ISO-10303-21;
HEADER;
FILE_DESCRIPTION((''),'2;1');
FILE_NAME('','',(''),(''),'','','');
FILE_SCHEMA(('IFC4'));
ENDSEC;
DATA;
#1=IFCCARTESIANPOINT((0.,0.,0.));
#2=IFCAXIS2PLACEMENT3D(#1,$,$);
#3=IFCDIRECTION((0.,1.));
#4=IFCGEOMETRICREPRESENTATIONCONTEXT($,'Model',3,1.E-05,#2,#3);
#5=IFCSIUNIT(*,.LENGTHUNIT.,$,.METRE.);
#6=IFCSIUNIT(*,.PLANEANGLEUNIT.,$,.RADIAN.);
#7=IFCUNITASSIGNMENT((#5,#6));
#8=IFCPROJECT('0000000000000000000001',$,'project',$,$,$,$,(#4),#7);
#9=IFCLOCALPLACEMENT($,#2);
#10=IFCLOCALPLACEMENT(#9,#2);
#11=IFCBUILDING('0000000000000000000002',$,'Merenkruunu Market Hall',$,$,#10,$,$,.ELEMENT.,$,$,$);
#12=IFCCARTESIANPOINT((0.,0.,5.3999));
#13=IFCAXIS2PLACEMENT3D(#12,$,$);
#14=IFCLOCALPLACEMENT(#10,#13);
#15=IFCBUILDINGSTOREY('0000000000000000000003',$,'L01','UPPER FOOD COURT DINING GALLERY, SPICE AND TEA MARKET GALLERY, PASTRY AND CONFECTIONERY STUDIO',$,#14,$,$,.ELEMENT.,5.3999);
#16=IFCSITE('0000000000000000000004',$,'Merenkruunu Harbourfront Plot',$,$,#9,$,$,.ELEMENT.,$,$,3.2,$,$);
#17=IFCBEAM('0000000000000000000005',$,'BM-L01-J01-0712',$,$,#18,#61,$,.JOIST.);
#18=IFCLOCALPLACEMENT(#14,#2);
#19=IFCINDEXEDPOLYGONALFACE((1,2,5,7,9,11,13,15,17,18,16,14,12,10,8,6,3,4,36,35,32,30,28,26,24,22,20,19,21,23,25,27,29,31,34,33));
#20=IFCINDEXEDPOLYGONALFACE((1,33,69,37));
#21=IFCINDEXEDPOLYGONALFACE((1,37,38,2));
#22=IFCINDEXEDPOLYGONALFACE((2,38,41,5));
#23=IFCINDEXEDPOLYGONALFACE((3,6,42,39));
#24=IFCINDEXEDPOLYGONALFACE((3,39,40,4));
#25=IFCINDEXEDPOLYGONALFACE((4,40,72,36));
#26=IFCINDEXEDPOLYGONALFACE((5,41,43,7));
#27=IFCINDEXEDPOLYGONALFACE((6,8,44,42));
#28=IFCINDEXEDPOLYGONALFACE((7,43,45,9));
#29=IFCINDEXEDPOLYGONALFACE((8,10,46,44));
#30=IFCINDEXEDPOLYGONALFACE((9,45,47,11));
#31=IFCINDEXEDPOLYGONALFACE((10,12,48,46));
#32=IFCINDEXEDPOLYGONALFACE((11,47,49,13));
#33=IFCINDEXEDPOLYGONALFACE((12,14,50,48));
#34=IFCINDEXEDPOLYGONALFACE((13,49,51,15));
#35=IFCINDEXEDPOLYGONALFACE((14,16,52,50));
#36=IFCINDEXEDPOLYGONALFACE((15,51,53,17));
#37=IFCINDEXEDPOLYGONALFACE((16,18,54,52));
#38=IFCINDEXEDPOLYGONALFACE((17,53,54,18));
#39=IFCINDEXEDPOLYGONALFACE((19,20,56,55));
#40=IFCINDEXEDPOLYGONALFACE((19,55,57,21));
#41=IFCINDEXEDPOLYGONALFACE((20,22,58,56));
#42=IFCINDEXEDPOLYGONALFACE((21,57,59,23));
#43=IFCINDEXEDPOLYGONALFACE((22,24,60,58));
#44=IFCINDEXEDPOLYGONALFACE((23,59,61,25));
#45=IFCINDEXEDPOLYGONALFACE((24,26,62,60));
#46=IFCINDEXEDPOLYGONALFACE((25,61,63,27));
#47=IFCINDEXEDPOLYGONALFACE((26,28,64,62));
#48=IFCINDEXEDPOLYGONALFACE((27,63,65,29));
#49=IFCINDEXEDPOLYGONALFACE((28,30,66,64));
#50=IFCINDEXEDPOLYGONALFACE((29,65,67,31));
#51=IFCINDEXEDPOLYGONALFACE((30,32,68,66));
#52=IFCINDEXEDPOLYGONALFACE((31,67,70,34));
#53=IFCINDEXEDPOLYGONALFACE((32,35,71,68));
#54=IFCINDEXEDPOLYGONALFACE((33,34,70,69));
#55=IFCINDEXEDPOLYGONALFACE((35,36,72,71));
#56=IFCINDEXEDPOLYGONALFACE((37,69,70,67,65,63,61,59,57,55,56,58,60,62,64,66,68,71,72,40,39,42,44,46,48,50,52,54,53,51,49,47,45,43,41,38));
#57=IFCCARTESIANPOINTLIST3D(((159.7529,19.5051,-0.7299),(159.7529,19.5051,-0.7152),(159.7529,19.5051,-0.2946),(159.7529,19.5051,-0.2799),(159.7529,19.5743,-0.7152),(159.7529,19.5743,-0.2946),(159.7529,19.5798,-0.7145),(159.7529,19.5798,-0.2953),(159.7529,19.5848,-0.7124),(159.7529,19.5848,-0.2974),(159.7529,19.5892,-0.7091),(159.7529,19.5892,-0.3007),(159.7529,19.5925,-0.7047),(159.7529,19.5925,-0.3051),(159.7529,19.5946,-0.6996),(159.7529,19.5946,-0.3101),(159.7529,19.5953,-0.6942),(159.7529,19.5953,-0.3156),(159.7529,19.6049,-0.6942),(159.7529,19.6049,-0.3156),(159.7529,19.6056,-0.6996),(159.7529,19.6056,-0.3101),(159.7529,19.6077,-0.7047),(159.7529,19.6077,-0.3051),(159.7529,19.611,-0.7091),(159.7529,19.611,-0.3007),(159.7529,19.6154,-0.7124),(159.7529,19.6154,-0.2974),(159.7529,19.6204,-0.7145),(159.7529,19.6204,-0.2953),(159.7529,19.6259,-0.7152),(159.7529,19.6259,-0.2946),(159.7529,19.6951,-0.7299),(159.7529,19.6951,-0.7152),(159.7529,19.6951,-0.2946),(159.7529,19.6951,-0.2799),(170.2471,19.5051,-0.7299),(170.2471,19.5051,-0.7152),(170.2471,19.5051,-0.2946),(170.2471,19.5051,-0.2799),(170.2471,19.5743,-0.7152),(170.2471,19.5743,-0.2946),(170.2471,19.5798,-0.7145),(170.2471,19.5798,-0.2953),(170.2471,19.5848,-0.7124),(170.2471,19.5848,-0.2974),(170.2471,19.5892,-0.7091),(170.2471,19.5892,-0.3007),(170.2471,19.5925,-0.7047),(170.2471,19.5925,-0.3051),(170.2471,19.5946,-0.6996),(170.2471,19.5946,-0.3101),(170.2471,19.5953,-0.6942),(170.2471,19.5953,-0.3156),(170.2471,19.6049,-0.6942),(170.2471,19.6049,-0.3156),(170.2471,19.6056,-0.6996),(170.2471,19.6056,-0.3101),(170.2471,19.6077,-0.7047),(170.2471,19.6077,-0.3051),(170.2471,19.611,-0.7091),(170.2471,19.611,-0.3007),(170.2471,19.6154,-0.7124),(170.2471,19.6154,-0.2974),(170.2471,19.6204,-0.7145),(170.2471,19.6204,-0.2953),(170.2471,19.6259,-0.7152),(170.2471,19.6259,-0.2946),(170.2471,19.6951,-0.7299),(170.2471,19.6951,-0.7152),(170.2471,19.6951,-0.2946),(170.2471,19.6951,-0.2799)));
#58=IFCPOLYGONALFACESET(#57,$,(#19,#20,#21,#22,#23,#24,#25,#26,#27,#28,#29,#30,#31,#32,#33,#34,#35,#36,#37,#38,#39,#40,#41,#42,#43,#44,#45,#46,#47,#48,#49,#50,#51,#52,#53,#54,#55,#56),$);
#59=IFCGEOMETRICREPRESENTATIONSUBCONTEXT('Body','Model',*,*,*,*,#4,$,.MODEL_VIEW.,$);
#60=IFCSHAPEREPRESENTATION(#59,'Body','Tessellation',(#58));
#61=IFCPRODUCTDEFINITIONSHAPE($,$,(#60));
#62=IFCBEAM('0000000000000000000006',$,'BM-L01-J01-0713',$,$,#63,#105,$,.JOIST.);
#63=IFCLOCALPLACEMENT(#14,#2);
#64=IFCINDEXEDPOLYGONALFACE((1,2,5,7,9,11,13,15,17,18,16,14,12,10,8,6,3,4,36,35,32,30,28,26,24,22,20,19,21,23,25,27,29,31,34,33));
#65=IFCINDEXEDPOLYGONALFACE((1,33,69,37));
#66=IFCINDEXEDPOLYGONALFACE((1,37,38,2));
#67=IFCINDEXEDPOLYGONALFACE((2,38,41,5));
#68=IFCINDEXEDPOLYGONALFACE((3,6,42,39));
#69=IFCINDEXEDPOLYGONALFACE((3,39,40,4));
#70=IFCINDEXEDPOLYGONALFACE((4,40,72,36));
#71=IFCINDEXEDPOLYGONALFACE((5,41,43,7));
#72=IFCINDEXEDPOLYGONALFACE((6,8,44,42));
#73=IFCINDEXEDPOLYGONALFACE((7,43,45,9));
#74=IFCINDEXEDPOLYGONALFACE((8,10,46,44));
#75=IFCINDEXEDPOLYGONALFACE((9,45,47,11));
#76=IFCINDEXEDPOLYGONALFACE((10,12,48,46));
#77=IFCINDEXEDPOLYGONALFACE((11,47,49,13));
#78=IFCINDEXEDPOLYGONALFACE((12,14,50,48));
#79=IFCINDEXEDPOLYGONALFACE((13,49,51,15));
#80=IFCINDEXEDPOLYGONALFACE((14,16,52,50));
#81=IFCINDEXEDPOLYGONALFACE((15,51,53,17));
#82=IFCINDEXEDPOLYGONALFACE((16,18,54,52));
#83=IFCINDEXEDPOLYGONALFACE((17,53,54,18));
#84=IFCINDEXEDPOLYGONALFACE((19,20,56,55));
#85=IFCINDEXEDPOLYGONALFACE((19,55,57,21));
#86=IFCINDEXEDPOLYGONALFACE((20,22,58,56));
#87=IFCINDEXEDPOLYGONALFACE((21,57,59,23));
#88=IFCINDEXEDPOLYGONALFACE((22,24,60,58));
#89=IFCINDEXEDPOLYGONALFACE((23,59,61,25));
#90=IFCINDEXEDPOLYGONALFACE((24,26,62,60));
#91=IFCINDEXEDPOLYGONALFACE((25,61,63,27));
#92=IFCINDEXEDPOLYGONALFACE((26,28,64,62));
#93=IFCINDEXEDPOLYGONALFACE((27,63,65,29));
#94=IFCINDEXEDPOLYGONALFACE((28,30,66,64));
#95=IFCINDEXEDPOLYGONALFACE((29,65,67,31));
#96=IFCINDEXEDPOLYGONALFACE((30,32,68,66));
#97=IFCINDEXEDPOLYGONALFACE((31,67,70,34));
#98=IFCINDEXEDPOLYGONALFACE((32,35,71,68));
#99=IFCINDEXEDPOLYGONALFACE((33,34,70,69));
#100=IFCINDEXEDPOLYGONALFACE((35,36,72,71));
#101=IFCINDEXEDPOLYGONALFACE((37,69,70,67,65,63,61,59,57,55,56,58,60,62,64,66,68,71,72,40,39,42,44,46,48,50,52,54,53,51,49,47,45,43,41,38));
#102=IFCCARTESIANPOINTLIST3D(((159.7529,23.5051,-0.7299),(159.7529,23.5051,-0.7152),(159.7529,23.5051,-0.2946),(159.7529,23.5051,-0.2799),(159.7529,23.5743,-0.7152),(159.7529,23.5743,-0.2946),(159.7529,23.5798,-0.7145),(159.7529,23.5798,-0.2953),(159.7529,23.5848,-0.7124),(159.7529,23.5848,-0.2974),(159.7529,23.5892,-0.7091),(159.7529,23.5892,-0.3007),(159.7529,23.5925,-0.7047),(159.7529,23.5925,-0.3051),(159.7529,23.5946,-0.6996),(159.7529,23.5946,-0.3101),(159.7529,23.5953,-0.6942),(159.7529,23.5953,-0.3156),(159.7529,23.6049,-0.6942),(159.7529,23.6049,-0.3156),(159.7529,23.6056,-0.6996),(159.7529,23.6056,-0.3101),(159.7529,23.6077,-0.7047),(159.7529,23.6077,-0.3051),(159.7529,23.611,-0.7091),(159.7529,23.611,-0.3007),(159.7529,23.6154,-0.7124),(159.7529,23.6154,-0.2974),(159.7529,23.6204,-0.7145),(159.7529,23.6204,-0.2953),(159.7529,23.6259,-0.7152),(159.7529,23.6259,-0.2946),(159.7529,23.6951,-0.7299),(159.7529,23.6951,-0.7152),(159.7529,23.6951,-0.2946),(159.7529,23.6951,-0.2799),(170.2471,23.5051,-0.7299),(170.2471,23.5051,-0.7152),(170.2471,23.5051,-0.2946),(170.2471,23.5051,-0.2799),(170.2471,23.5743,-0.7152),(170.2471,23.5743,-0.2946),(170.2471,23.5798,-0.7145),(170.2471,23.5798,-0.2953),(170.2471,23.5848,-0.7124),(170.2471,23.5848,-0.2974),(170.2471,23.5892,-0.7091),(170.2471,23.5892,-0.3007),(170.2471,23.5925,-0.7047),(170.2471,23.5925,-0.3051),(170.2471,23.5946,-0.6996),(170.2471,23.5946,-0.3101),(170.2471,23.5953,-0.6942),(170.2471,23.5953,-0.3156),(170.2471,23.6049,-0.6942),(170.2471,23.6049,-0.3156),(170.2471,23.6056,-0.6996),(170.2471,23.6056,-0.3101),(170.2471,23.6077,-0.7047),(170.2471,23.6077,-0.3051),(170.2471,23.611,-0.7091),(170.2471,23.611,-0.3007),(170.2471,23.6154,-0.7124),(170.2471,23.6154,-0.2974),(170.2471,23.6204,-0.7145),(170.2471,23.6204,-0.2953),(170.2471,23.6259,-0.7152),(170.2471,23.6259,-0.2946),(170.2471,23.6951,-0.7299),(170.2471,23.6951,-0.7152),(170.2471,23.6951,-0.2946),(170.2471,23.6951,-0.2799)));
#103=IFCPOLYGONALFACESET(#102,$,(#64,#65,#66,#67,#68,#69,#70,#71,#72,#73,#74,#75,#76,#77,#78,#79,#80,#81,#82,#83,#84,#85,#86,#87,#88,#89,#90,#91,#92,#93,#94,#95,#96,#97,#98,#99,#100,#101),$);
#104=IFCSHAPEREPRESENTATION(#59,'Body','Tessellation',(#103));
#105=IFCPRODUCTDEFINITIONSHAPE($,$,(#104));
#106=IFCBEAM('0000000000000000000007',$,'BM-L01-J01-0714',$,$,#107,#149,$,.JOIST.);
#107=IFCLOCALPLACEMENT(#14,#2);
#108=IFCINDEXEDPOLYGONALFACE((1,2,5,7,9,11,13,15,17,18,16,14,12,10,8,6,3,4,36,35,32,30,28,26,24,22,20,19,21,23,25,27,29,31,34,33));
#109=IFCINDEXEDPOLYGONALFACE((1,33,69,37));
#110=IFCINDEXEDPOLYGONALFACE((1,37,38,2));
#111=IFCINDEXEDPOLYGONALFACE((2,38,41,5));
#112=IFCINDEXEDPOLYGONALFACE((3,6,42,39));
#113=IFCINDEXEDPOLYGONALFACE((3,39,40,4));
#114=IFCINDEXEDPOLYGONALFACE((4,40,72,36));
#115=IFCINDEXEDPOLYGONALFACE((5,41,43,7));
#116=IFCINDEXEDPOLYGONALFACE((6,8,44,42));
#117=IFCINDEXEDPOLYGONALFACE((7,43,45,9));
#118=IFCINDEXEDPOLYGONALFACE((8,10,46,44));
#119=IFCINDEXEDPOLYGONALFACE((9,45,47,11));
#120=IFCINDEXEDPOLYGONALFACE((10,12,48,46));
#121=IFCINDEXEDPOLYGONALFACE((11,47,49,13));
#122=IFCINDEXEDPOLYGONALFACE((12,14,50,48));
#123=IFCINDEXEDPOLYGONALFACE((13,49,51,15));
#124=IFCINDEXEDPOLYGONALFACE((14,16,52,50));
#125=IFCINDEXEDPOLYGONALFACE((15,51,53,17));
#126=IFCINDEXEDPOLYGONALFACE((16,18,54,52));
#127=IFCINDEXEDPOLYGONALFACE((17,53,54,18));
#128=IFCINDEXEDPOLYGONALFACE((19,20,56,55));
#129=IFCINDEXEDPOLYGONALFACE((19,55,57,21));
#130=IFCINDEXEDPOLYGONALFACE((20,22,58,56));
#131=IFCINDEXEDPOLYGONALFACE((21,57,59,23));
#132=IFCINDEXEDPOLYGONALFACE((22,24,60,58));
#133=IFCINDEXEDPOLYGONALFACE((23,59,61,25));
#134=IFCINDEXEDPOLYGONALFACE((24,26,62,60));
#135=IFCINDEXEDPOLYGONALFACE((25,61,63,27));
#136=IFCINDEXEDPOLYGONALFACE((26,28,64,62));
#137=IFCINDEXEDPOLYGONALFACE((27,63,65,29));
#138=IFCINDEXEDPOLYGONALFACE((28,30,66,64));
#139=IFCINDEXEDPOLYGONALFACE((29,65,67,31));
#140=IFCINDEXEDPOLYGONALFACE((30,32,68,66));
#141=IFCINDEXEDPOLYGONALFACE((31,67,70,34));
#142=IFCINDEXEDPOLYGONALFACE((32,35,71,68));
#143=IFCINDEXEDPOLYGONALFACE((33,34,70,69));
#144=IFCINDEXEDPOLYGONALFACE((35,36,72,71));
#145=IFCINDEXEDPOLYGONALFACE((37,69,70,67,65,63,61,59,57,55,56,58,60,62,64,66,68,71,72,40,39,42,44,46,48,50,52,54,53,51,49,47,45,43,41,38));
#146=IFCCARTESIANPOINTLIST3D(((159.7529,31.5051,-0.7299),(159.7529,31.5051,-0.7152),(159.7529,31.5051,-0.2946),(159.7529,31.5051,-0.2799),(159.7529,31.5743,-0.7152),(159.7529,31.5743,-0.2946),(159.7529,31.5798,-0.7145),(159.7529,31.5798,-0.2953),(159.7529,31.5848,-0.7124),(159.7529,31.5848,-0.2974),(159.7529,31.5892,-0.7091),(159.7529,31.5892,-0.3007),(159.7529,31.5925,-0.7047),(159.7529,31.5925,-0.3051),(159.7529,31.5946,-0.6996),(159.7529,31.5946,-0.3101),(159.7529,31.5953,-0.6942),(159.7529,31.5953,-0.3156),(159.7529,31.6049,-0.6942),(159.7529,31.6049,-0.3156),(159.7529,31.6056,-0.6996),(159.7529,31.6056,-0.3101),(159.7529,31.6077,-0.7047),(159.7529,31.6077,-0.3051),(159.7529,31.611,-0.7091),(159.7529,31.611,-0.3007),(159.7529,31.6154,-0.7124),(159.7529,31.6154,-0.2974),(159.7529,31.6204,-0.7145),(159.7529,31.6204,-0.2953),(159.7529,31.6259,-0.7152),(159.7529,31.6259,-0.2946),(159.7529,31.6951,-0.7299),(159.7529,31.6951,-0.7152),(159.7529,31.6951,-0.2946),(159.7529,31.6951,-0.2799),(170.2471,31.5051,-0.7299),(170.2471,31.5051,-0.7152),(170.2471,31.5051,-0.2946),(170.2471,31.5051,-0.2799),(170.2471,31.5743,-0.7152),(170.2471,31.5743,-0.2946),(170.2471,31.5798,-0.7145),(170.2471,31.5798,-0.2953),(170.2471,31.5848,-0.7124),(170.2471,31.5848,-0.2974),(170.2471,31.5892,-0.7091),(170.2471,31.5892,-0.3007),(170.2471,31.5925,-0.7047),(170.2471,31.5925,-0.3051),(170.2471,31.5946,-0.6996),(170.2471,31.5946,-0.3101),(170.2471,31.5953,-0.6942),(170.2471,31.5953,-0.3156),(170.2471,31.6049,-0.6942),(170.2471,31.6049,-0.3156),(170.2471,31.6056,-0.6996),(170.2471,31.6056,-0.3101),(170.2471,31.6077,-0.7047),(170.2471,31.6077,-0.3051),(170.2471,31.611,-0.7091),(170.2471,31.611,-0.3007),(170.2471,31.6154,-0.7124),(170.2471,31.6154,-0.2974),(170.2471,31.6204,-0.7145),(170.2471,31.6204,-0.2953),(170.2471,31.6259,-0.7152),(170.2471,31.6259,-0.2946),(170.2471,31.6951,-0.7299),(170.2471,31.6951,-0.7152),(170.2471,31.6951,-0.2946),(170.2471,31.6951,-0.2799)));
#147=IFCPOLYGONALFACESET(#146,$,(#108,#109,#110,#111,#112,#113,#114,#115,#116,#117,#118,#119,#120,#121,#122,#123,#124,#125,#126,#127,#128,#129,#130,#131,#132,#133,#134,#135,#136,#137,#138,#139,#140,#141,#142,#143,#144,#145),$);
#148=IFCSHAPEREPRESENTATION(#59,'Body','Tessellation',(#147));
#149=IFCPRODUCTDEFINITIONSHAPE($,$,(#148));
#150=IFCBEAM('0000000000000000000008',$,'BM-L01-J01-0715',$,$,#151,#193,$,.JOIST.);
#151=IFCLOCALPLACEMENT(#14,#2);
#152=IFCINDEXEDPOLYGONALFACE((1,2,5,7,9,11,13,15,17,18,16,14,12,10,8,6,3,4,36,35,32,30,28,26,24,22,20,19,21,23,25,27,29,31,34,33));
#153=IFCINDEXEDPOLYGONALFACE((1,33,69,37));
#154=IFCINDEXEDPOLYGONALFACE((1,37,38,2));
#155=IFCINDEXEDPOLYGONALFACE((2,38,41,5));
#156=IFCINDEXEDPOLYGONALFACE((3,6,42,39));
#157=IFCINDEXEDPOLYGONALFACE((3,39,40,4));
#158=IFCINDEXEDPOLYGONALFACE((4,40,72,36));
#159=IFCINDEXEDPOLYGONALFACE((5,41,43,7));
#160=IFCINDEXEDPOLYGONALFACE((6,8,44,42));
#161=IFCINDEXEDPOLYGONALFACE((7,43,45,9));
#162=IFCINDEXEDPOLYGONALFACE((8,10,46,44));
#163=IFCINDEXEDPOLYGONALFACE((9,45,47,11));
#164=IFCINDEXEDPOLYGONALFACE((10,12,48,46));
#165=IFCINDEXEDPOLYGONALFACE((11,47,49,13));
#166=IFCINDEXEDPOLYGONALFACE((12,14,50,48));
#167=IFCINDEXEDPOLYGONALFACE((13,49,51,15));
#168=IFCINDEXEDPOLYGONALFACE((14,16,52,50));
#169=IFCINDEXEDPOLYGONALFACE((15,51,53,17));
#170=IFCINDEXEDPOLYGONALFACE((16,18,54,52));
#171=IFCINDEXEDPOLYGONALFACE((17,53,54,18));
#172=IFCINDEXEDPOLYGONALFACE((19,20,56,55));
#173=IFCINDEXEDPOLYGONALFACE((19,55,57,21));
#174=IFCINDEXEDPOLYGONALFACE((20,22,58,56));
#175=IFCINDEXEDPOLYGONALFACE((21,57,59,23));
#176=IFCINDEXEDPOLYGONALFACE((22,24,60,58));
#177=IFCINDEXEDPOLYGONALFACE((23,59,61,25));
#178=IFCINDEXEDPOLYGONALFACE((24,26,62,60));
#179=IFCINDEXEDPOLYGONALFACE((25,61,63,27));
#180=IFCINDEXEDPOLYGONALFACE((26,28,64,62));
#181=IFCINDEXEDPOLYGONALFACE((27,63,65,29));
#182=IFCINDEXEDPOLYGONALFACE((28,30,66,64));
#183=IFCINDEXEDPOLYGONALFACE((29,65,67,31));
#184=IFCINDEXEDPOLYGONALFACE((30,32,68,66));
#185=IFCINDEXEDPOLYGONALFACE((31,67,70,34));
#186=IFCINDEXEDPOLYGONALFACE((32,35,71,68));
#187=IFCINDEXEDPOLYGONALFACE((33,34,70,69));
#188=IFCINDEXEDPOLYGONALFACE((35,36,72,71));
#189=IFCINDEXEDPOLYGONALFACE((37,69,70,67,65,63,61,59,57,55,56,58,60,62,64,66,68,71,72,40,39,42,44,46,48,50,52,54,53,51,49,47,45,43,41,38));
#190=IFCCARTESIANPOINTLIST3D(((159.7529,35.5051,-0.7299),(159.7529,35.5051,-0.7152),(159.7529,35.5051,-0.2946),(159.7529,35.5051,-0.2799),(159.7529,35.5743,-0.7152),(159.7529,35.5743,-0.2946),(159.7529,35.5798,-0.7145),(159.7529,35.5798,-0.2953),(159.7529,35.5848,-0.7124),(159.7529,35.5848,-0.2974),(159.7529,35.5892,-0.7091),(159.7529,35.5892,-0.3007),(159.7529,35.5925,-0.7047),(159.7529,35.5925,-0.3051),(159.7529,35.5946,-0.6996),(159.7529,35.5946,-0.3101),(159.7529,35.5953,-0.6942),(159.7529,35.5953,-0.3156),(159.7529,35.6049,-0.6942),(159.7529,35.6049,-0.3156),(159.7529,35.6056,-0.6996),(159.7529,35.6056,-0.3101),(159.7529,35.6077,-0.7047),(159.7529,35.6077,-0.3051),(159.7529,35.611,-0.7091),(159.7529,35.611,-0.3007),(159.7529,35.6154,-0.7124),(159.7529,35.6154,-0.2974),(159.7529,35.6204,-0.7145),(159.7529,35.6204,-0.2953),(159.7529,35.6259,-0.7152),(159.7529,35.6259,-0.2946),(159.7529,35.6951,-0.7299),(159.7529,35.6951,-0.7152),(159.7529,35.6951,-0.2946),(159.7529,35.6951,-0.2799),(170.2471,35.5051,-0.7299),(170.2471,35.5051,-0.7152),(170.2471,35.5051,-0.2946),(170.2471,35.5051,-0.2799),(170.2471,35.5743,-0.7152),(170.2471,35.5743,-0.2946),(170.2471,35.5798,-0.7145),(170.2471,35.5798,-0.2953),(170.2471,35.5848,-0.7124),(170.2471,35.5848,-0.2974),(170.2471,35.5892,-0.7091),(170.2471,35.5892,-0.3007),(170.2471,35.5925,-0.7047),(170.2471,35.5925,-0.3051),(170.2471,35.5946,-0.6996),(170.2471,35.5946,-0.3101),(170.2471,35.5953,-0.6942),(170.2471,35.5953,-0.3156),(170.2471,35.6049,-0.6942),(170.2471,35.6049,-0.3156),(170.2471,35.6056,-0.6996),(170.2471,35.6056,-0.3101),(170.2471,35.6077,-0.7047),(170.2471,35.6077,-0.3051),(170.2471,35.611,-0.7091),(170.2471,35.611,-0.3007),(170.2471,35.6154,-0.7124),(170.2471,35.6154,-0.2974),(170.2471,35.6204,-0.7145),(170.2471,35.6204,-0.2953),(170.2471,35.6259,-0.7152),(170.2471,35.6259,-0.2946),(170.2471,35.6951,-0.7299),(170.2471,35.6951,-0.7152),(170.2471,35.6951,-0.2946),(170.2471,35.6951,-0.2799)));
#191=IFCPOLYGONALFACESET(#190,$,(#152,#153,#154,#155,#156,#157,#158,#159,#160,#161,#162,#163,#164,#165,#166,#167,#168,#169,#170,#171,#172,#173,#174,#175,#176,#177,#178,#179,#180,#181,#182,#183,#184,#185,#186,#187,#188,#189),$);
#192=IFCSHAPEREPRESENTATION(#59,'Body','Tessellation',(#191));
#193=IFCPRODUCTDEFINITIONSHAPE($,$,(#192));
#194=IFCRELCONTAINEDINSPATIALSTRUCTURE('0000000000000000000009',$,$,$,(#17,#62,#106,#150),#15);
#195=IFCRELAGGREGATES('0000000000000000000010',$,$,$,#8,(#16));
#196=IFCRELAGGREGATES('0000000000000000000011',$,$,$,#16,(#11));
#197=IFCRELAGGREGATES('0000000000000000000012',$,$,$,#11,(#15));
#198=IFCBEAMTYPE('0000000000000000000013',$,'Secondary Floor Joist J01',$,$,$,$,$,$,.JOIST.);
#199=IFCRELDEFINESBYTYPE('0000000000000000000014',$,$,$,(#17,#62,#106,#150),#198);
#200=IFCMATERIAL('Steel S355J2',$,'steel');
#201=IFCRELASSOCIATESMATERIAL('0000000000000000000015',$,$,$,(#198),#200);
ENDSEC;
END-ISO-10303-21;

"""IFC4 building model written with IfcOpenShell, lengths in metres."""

from ifc_helpers import new_model, si_unit, direction, frame, origin, origin_2d, place, context, subcontext, project, spatial, i_section, extrude, material, material_profile, profile_set, type_object, element, save


model = new_model("IFC4")

# Units and contexts
model_context = context("Model", 3, precision=1e-05, world=origin(), true_north=direction((0.0, 1.0)))
body_context = subcontext(model_context, "Body", "Model", "MODEL_VIEW")
ifc_project = project(units=[si_unit("LENGTHUNIT", "METRE"), si_unit("PLANEANGLEUNIT", "RADIAN")], contexts=[model_context])

# Site, building, storey
site_placement = place(None, origin())
site = spatial("IfcSite", under=ifc_project, at=site_placement, Name="Merenkruunu Harbourfront Plot", CompositionType="ELEMENT", RefElevation=3.2)
building_placement = place(site_placement, origin())
building = spatial("IfcBuilding", under=site, at=building_placement, Name="Merenkruunu Market Hall", CompositionType="ELEMENT")
storey_placement = place(building_placement, frame((0.0, 0.0, 5.3999)))
storey = spatial("IfcBuildingStorey", under=building, at=storey_placement, Name="L01", Description="UPPER FOOD COURT DINING GALLERY, SPICE AND TEA MARKET GALLERY, PASTRY AND CONFECTIONERY STUDIO", CompositionType="ELEMENT", Elevation=5.3999)

# Shared definitions
ifc_material_1 = material(Name="Steel S355J2", Category="steel")

# Beams
ifc_material_profile_1 = material_profile(ifc_material_1, i_section(OverallWidth=0.1899, OverallDepth=0.45, WebThickness=0.0095, FlangeThickness=0.0146, FilletRadius=0.021, at=origin_2d()), Name="IPE 450")
ifc_profile_set_1 = profile_set([ifc_material_profile_1], Name="Steel S355J2")
beam_type_1 = type_object("IfcBeamType", Name="Secondary Floor Joist J01", PredefinedType="JOIST", material=ifc_profile_set_1)
for number, where, z_axis, x_axis, name in (
    (1, (159.7529, 19.6001, -0.5049), (1.0, 0.0, 0.0), (0.0, 1.0, 0.0), "BM-L01-J01-0712"),
    (2, (159.7529, 23.6001, -0.5049), (1.0, 0.0, 0.0), (0.0, 1.0, 0.0), "BM-L01-J01-0713"),
    (3, (159.7529, 31.6001, -0.5049), (1.0, 0.0, 0.0), (0.0, 1.0, 0.0), "BM-L01-J01-0714"),
    (4, (159.7529, 35.6001, -0.5049), (1.0, 0.0, 0.0), (0.0, 1.0, 0.0), "BM-L01-J01-0715"),
):
    element("IfcBeam", number, at=place(storey_placement, frame(where, z_axis=z_axis, x_axis=x_axis)), inside=storey, type_object=beam_type_1, Name=name, PredefinedType="JOIST", context=body_context, shape_type="SweptSolid", body=[
        extrude(i_section(OverallWidth=0.1899, OverallDepth=0.45, WebThickness=0.0095, FlangeThickness=0.0146, FilletRadius=0.021, at=origin_2d()), origin(), (0.0, 0.0, 1.0), 10.4941),
    ])

save(model, "model.ifc")
